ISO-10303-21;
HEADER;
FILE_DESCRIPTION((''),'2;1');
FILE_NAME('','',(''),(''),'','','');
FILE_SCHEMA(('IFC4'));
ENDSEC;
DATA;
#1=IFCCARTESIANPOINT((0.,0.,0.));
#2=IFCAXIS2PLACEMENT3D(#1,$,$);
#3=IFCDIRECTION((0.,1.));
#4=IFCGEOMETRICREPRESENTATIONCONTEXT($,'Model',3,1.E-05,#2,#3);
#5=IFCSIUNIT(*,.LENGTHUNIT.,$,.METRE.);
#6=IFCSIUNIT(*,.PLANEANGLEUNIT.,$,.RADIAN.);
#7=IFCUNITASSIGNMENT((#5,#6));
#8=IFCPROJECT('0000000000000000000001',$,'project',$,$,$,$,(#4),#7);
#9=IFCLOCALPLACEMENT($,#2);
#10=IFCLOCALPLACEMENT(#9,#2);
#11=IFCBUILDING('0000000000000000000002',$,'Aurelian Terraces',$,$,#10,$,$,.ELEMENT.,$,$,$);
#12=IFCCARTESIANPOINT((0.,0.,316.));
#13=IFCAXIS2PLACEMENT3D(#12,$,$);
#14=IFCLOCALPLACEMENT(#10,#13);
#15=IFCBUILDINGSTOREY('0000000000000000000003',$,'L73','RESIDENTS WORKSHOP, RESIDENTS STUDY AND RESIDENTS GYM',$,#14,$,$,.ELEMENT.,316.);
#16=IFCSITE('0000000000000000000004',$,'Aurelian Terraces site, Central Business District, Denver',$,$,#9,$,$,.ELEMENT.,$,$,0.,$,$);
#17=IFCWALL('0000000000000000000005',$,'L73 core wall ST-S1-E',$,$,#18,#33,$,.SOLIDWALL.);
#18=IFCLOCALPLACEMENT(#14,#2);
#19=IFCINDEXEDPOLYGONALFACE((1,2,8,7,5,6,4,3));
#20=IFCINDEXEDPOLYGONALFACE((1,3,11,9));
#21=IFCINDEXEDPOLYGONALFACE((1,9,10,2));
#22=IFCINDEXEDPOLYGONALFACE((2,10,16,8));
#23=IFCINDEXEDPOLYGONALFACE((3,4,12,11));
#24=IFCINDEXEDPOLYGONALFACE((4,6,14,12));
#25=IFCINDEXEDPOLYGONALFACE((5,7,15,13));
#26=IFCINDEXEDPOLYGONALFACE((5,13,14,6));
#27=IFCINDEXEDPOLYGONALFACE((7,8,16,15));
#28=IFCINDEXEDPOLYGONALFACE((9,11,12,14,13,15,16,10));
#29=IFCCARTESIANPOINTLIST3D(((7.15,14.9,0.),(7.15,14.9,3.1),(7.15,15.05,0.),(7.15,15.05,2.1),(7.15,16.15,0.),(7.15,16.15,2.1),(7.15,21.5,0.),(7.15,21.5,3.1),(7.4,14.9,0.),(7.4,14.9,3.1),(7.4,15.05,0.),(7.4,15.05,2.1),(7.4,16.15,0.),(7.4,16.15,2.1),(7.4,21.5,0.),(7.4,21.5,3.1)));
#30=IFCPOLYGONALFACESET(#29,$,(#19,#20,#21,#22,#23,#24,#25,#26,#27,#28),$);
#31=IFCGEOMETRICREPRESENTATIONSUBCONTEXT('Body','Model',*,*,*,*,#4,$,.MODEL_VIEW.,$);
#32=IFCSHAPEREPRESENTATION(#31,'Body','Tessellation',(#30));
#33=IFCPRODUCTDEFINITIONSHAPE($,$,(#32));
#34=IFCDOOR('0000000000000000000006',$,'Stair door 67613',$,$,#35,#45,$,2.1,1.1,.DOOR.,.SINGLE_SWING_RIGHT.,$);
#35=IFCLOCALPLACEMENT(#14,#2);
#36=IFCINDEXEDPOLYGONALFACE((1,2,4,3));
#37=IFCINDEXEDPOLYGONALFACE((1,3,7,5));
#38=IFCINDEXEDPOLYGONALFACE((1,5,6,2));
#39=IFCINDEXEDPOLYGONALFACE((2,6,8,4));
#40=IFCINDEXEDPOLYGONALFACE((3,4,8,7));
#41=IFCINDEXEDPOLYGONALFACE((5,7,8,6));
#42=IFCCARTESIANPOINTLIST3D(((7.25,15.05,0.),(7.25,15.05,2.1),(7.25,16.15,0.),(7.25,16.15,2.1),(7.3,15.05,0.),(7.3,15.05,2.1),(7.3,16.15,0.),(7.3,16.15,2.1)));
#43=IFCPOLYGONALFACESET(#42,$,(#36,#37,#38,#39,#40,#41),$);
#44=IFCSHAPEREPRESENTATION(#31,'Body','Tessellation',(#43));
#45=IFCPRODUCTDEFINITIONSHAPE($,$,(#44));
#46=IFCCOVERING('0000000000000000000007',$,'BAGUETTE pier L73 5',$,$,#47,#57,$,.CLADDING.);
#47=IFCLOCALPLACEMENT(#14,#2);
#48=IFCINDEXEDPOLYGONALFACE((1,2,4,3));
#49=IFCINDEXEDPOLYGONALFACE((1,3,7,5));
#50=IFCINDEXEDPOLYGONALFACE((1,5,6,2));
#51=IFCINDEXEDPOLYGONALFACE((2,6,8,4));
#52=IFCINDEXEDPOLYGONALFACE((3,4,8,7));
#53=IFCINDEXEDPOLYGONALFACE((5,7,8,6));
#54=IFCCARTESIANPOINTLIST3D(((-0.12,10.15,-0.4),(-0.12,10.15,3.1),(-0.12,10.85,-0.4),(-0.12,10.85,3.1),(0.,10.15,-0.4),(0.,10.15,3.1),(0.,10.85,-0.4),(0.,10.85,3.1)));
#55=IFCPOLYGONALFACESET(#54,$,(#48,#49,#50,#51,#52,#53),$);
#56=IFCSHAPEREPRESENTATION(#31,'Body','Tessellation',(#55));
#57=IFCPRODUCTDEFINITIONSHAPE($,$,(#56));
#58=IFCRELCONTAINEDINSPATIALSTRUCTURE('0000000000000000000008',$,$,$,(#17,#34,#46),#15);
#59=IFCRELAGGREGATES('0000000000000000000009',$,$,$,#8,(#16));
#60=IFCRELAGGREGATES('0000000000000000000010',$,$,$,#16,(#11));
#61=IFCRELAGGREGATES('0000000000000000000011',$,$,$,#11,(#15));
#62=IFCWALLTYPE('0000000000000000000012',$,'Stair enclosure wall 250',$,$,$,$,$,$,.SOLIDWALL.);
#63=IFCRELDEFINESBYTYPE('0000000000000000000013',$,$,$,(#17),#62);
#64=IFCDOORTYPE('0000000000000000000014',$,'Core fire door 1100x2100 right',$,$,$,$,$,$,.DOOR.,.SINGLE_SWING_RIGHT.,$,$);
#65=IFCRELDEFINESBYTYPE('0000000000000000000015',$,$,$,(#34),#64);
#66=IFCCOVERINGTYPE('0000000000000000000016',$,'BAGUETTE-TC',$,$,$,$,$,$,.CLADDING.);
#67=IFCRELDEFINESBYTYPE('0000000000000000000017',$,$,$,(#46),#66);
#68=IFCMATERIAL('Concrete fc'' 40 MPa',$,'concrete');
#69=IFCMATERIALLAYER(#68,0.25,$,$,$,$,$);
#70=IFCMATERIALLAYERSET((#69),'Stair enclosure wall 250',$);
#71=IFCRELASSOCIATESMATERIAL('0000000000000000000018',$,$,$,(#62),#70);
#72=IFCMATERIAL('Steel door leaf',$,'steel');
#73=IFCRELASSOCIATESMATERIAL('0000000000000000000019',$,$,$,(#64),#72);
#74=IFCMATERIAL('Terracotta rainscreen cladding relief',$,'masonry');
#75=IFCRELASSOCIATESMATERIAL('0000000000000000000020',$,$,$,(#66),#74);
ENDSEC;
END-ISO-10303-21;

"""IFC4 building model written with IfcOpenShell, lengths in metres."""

from ifc_helpers import new_model, si_unit, direction, frame, frame_2d, origin, origin_2d, place, context, subcontext, project, spatial, rectangle, extrude, source, transform, mapped, material, layer, layer_set, type_object, element, fill, save


model = new_model("IFC4")

# Units and contexts
model_context = context("Model", 3, precision=1e-05, world=origin(), true_north=direction((0.0, 1.0)))
body_context = subcontext(model_context, "Body", "Model", "MODEL_VIEW")
ifc_project = project(units=[si_unit("LENGTHUNIT", "METRE"), si_unit("PLANEANGLEUNIT", "RADIAN")], contexts=[model_context])

# Site, building, storey
site_placement = place(None, origin())
site = spatial("IfcSite", under=ifc_project, at=site_placement, Name="Aurelian Terraces site, Central Business District, Denver", CompositionType="ELEMENT", RefElevation=0.0)
building_placement = place(site_placement, origin())
building = spatial("IfcBuilding", under=site, at=building_placement, Name="Aurelian Terraces", CompositionType="ELEMENT")
storey_placement = place(building_placement, frame((0.0, 0.0, 316.0)))
storey = spatial("IfcBuildingStorey", under=building, at=storey_placement, Name="L73", Description="RESIDENTS WORKSHOP, RESIDENTS STUDY AND RESIDENTS GYM", CompositionType="ELEMENT", Elevation=316.0)

# Shared definitions
ifc_material_1 = material(Name="Concrete fc' 40 MPa", Category="concrete")

# Shared definitions
shared_shape_1 = source(origin(), body_context, "Body", "SweptSolid", [
    extrude(rectangle(XDim=1.1, YDim=2.1, at=frame_2d((0.55, 1.05))), frame((0.0, 0.025, 0.0), z_axis=(0.0, -1.0, 0.0), x_axis=(1.0, 0.0, 0.0)), (0.0, 0.0, 1.0), 0.05),
])

# Shared definitions
ifc_material_2 = material(Name="Steel door leaf", Category="steel")

# Wall, opening, door
ifc_layer_1 = layer(ifc_material_1, 0.25)
ifc_layer_set_1 = layer_set([ifc_layer_1], Name="Stair enclosure wall 250")
wall_type_1 = type_object("IfcWallType", Name="Stair enclosure wall 250", PredefinedType="SOLIDWALL", material=ifc_layer_set_1)
shared_shape_2 = source(origin(), body_context, "Body", "SweptSolid", [
    extrude(rectangle(XDim=6.6, YDim=0.25, at=frame_2d((3.3, 0.0))), origin(), (0.0, 0.0, 1.0), 3.1),
])
wall_1_placement = place(storey_placement, frame((7.275, 14.9, 0.0), z_axis=(0.0, 0.0, 1.0), x_axis=(0.0, 1.0, 0.0)))
wall_1 = element("IfcWall", 1, at=wall_1_placement, inside=storey, type_object=wall_type_1, Name="L73 core wall ST-S1-E", PredefinedType="SOLIDWALL", context=body_context, shape_type="MappedRepresentation", body=[
    mapped(shared_shape_2, transform((0.0, 0.0, 0.0), scale=1.0)),
])
shared_shape_3 = source(origin(), body_context, "Body", "SweptSolid", [
    extrude(rectangle(XDim=1.1, YDim=2.1, at=frame_2d((0.55, 1.05))), frame((0.0, 0.135, 0.0), z_axis=(0.0, -1.0, 0.0), x_axis=(1.0, 0.0, 0.0)), (0.0, 0.0, 1.0), 0.27),
])
opening_1_placement = place(wall_1_placement, frame((0.15, 0.0, 0.0)))
opening_1 = element("IfcOpeningElement", 2, at=opening_1_placement, cuts=wall_1, PredefinedType="OPENING", context=body_context, shape_type="MappedRepresentation", body=[
    mapped(shared_shape_3, transform((0.0, 0.0, 0.0), scale=1.0)),
])
door_type_1 = type_object("IfcDoorType", Name="Core fire door 1100x2100 right", OperationType="SINGLE_SWING_RIGHT", PredefinedType="DOOR", material=ifc_material_2)
door_1_placement = place(opening_1_placement, origin())
door_1 = element("IfcDoor", 3, at=door_1_placement, inside=storey, type_object=door_type_1, Name="Stair door 67613", OperationType="SINGLE_SWING_RIGHT", OverallHeight=2.1, OverallWidth=1.1, PredefinedType="DOOR", context=body_context, shape_type="MappedRepresentation", body=[
    mapped(shared_shape_1, transform((0.0, 0.0, 0.0), scale=1.0)),
])
fill(opening_1, door_1)

# Covering
ifc_material_3 = material(Name="Terracotta rainscreen cladding relief", Category="masonry")
covering_type = type_object("IfcCoveringType", Name="BAGUETTE-TC", PredefinedType="CLADDING", material=ifc_material_3)
shared_shape_4 = source(origin(), body_context, "Body", "SweptSolid", [
    extrude(rectangle(XDim=0.12, YDim=0.7, at=origin_2d()), origin(), (0.0, 0.0, 1.0), 3.5),
])
covering_placement = place(storey_placement, frame((-0.06, 10.5, -0.4), z_axis=(0.0, 0.0, 1.0), x_axis=(1.0, 0.0, 0.0)))
element("IfcCovering", 4, at=covering_placement, inside=storey, type_object=covering_type, Name="BAGUETTE pier L73 5", PredefinedType="CLADDING", context=body_context, shape_type="MappedRepresentation", body=[
    mapped(shared_shape_4, transform((0.0, 0.0, 0.0), scale=1.0)),
])

save(model, "model.ifc")
